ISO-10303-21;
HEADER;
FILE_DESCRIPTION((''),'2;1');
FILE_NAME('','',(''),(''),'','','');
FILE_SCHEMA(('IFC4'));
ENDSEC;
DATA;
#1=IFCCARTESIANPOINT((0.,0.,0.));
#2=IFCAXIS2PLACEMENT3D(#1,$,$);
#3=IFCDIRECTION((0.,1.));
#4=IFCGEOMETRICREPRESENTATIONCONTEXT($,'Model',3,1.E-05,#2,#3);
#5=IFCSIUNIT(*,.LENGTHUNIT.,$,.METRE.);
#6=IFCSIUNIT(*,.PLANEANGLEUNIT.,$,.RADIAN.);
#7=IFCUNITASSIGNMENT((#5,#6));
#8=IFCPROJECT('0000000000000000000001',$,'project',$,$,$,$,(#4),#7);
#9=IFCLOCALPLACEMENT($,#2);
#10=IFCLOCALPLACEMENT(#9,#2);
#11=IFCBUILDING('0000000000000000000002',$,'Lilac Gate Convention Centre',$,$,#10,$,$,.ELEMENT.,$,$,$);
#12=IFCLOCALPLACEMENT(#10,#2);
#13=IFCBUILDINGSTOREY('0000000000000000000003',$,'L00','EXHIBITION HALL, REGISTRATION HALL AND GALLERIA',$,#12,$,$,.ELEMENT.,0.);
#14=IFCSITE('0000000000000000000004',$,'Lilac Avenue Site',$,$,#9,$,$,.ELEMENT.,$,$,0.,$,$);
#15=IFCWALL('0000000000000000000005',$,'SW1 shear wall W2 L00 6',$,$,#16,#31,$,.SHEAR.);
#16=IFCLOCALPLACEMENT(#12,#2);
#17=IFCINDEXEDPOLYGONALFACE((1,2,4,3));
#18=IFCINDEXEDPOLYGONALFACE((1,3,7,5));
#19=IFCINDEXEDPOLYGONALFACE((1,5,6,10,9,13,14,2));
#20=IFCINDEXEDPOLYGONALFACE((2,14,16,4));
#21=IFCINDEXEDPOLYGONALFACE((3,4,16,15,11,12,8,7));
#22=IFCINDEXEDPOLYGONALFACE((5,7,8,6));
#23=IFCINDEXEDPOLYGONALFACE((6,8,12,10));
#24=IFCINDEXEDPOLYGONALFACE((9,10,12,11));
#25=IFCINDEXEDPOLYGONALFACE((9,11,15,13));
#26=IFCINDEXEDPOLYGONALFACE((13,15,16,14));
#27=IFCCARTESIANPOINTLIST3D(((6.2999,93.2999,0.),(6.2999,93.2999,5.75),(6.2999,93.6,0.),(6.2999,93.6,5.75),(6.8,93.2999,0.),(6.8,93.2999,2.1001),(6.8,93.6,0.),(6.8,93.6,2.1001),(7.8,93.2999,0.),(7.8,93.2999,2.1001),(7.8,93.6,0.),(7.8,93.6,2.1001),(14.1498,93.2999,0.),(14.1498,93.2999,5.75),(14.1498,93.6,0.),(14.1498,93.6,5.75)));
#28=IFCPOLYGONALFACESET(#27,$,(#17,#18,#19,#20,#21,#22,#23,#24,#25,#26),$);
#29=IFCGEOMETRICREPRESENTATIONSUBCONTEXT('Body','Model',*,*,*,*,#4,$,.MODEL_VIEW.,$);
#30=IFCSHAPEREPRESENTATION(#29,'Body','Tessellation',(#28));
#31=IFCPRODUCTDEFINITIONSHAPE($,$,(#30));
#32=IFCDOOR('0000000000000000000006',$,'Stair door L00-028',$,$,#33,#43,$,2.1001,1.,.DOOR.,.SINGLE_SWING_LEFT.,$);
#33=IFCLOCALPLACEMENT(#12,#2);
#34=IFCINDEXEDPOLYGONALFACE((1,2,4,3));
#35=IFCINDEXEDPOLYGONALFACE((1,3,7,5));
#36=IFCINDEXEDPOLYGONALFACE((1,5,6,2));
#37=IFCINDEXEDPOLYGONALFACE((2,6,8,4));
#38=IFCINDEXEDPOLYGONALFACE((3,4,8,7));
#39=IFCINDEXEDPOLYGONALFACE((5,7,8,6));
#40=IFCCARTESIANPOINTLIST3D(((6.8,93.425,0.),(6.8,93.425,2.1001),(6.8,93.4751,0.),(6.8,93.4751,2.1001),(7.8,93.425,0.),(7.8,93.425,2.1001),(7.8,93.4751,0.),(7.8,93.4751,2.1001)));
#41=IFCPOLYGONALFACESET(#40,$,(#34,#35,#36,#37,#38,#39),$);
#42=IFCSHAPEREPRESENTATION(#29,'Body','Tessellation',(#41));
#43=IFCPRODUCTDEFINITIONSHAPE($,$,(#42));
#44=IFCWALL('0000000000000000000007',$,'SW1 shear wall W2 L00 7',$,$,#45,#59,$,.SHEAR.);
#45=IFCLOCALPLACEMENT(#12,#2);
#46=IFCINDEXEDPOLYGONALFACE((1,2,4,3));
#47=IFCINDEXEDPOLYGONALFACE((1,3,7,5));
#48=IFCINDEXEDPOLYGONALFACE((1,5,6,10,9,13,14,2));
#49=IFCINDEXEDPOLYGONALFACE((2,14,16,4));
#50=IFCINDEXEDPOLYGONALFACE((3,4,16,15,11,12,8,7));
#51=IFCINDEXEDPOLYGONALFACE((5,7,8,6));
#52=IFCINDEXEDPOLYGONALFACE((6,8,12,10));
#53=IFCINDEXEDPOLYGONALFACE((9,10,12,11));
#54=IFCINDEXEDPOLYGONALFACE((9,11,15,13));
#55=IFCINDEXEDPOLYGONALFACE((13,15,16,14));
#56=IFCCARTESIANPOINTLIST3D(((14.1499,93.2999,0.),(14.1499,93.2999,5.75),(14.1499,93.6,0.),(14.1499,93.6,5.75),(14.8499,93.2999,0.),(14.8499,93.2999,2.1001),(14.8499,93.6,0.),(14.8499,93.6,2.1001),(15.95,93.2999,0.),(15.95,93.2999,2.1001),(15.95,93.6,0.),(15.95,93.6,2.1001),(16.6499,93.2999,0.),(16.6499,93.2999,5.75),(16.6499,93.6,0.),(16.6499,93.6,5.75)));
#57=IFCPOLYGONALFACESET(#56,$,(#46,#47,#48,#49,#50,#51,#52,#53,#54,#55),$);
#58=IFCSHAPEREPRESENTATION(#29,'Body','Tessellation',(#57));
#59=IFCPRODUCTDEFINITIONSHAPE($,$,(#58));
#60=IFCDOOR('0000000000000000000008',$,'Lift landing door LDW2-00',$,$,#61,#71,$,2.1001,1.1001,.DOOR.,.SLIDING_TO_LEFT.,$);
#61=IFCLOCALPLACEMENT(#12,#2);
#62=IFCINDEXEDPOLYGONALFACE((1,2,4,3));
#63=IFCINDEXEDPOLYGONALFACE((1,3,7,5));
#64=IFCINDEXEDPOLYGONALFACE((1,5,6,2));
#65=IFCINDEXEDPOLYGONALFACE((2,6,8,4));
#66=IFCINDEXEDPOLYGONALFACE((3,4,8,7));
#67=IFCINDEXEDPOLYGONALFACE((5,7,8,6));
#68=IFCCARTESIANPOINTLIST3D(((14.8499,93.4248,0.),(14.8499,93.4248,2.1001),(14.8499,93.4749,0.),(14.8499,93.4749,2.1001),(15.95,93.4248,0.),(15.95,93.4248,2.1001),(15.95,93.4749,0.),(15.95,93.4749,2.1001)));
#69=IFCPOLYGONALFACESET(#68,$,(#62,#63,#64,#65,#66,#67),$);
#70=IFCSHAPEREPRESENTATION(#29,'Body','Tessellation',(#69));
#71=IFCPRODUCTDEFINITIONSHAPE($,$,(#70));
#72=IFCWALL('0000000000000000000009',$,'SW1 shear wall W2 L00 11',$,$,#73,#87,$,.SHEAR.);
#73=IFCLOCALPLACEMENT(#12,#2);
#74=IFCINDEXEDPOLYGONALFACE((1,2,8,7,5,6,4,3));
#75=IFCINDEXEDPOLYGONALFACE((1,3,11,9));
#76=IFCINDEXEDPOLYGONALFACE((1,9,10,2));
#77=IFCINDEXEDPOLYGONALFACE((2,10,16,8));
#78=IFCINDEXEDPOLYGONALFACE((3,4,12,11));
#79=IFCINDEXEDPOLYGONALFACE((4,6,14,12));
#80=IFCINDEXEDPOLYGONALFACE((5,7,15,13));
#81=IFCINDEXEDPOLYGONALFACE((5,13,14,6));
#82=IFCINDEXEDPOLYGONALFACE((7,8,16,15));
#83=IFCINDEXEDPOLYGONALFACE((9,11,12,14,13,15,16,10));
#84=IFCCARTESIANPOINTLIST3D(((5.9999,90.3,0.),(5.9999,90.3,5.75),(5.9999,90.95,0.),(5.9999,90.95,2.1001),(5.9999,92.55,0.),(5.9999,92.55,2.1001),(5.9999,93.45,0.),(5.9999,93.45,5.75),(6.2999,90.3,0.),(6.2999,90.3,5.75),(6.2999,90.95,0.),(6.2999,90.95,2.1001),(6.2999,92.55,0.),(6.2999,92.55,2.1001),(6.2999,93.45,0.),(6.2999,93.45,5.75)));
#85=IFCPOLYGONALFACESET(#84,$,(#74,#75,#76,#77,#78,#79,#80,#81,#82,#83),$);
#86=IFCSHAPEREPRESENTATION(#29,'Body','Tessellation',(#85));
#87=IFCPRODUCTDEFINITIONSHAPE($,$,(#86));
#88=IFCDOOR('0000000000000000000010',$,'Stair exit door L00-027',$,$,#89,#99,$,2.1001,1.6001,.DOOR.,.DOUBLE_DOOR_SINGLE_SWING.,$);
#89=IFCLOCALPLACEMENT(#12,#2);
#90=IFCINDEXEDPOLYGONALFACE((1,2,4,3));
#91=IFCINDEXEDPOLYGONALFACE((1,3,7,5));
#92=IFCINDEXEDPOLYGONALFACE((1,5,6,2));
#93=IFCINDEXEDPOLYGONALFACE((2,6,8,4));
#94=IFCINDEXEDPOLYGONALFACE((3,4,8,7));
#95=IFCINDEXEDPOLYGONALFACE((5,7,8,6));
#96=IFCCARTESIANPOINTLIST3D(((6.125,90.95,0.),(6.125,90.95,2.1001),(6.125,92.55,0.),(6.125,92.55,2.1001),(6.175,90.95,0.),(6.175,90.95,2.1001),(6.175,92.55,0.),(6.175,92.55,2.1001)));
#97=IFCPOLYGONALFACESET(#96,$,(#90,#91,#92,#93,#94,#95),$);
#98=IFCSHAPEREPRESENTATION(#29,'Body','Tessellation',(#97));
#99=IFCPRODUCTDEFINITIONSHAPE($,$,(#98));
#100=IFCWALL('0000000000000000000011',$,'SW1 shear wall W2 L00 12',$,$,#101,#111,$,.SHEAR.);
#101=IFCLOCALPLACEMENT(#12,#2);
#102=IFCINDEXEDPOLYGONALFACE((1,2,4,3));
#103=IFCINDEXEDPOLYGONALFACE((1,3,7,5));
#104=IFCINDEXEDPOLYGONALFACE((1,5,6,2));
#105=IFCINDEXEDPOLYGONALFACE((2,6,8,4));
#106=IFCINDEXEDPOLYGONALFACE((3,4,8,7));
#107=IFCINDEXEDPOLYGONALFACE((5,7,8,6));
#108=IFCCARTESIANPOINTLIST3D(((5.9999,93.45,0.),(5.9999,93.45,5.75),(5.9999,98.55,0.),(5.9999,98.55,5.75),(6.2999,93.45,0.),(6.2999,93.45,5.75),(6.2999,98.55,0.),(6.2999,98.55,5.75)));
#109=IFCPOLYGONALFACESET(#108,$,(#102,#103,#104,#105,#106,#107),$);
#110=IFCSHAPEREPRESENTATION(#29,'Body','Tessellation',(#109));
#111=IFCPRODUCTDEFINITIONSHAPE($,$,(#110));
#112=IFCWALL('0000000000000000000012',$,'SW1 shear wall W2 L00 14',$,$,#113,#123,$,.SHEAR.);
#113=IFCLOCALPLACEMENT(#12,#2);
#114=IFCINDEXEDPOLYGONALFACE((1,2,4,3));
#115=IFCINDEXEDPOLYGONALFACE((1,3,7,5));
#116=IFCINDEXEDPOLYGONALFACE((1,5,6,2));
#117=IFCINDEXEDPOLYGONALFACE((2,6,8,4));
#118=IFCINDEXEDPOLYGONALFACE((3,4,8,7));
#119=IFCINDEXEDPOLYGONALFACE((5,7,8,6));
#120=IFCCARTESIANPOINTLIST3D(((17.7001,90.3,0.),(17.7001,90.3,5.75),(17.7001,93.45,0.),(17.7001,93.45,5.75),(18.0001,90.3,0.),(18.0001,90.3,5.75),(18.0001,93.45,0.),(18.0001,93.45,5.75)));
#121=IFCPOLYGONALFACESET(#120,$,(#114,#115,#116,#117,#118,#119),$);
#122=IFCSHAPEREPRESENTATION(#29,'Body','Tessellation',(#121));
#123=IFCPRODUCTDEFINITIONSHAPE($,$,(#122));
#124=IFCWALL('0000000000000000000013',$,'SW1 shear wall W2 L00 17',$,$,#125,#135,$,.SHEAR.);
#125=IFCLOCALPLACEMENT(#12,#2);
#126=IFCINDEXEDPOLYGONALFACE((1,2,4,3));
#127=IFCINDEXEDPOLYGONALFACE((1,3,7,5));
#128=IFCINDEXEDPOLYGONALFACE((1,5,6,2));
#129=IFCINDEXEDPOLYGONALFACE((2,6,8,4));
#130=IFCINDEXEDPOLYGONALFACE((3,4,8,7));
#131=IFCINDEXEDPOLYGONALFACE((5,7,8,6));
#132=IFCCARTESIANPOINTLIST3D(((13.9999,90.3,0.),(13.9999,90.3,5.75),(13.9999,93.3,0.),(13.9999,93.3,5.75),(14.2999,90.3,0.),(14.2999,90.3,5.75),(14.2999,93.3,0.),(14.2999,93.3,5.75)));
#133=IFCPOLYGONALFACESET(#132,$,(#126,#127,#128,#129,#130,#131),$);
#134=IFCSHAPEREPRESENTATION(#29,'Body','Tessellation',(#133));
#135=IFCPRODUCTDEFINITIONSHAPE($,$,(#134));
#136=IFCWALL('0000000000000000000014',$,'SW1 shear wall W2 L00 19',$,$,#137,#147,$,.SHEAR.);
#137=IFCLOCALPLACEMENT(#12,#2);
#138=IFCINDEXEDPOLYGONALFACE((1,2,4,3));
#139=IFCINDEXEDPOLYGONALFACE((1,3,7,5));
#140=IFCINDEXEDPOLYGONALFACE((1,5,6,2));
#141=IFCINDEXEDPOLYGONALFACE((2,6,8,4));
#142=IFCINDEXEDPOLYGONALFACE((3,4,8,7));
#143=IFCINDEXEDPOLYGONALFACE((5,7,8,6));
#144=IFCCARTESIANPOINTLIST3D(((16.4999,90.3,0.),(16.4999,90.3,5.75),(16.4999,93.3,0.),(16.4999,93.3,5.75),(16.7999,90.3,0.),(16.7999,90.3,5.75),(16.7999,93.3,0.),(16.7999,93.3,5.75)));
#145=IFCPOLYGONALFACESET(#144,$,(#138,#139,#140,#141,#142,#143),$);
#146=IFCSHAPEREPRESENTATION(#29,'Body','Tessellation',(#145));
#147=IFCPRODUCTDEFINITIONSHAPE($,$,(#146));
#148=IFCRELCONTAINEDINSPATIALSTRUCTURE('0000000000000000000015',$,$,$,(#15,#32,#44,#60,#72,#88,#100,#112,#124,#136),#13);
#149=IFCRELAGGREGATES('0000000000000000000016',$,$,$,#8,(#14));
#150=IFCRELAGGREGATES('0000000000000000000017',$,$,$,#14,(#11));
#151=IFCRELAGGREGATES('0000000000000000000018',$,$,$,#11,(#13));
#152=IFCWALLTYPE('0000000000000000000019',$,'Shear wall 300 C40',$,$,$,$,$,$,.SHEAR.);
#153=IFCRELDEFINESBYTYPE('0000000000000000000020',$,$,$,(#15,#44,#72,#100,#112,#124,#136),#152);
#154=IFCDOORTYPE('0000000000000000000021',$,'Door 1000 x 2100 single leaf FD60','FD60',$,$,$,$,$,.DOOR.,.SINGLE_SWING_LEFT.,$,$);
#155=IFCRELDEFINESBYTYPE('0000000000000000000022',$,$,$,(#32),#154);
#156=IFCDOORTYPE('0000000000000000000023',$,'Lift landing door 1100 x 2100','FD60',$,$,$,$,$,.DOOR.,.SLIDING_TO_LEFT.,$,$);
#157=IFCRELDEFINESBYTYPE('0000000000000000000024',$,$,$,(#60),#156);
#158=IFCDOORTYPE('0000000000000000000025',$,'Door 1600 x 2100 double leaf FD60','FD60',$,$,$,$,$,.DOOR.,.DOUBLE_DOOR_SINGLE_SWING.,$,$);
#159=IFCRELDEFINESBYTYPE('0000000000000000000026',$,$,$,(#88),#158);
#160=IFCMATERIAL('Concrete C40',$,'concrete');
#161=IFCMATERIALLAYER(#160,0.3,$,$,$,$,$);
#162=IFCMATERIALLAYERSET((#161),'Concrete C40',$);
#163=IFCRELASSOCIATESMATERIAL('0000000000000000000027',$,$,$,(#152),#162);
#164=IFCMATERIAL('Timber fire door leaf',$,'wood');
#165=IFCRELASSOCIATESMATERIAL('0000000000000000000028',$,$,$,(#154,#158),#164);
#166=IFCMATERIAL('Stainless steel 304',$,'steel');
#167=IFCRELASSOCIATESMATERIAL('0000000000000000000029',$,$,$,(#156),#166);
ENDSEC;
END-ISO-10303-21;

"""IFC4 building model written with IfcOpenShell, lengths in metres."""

from ifc_helpers import new_model, si_unit, direction, frame, frame_2d, origin, place, context, subcontext, project, spatial, rectangle, extrude, material, layer, layer_set, type_object, element, fill, save


model = new_model("IFC4")

# Units and contexts
model_context = context("Model", 3, precision=1e-05, world=origin(), true_north=direction((0.0, 1.0)))
body_context = subcontext(model_context, "Body", "Model", "MODEL_VIEW")
ifc_project = project(units=[si_unit("LENGTHUNIT", "METRE"), si_unit("PLANEANGLEUNIT", "RADIAN")], contexts=[model_context])

# Site, building, storey
site_placement = place(None, origin())
site = spatial("IfcSite", under=ifc_project, at=site_placement, Name="Lilac Avenue Site", CompositionType="ELEMENT", RefElevation=0.0)
building_placement = place(site_placement, origin())
building = spatial("IfcBuilding", under=site, at=building_placement, Name="Lilac Gate Convention Centre", CompositionType="ELEMENT")
storey_placement = place(building_placement, origin())
storey = spatial("IfcBuildingStorey", under=building, at=storey_placement, Name="L00", Description="EXHIBITION HALL, REGISTRATION HALL AND GALLERIA", CompositionType="ELEMENT", Elevation=0.0)

# Shared definitions
ifc_material_1 = material(Name="Concrete C40", Category="concrete")

# Shared definitions
ifc_layer_1 = layer(ifc_material_1, 0.3)
ifc_layer_set_1 = layer_set([ifc_layer_1], Name="Concrete C40")
wall_type_1 = type_object("IfcWallType", Name="Shear wall 300 C40", PredefinedType="SHEAR", material=ifc_layer_set_1)

# Walls, openings, doors
wall_1_placement = place(storey_placement, frame((6.3, 93.45, 0.0), z_axis=(0.0, 0.0, 1.0), x_axis=(1.0, 0.0, 0.0)))
wall_1 = element("IfcWall", 1, at=wall_1_placement, inside=storey, type_object=wall_type_1, Name="SW1 shear wall W2 L00 6", PredefinedType="SHEAR", context=body_context, shape_type="SweptSolid", body=[
    extrude(rectangle(XDim=7.8499, YDim=0.3, at=frame_2d((3.9248, 0.0))), origin(), (0.0, 0.0, 1.0), 5.75),
])
opening_1_placement = place(wall_1_placement, frame((0.5, 0.0, 0.0)))
opening_1 = element("IfcOpeningElement", 2, at=opening_1_placement, cuts=wall_1, PredefinedType="OPENING", context=body_context, shape_type="SweptSolid", body=[
    extrude(rectangle(XDim=1.0, YDim=2.1001, at=frame_2d((0.5, 1.05))), frame((0.0, 0.1599, 0.0), z_axis=(0.0, -1.0, 0.0), x_axis=(1.0, 0.0, 0.0)), (0.0, 0.0, 1.0), 0.3201),
])
ifc_material_2 = material(Name="Timber fire door leaf", Category="wood")
door_type_1 = type_object("IfcDoorType", Name="Door 1000 x 2100 single leaf FD60", Description="FD60", OperationType="SINGLE_SWING_LEFT", PredefinedType="DOOR", material=ifc_material_2)
door_1_placement = place(opening_1_placement, frame((1.0, 0.0, 0.0), z_axis=(0.0, 0.0, 1.0), x_axis=(-1.0, 0.0, 0.0)))
door_1 = element("IfcDoor", 3, at=door_1_placement, inside=storey, type_object=door_type_1, Name="Stair door L00-028", OperationType="SINGLE_SWING_LEFT", OverallHeight=2.1001, OverallWidth=1.0, PredefinedType="DOOR", context=body_context, shape_type="SweptSolid", body=[
    extrude(rectangle(XDim=1.0, YDim=2.1001, at=frame_2d((0.5, 1.05))), frame((0.0, 0.0249, 0.0), z_axis=(0.0, -1.0, 0.0), x_axis=(1.0, 0.0, 0.0)), (0.0, 0.0, 1.0), 0.05),
])
fill(opening_1, door_1)
wall_2_placement = place(storey_placement, frame((14.1499, 93.45, 0.0), z_axis=(0.0, 0.0, 1.0), x_axis=(1.0, 0.0, 0.0)))
wall_2 = element("IfcWall", 4, at=wall_2_placement, inside=storey, type_object=wall_type_1, Name="SW1 shear wall W2 L00 7", PredefinedType="SHEAR", context=body_context, shape_type="SweptSolid", body=[
    extrude(rectangle(XDim=2.5, YDim=0.3, at=frame_2d((1.25, 0.0))), origin(), (0.0, 0.0, 1.0), 5.75),
])
opening_2_placement = place(wall_2_placement, frame((0.7, 0.0, 0.0)))
opening_2 = element("IfcOpeningElement", 5, at=opening_2_placement, cuts=wall_2, PredefinedType="OPENING", context=body_context, shape_type="SweptSolid", body=[
    extrude(rectangle(XDim=1.1001, YDim=2.1001, at=frame_2d((0.55, 1.05))), frame((0.0, 0.1599, 0.0), z_axis=(0.0, -1.0, 0.0), x_axis=(1.0, 0.0, 0.0)), (0.0, 0.0, 1.0), 0.3201),
])
ifc_material_3 = material(Name="Stainless steel 304", Category="steel")
door_type_2 = type_object("IfcDoorType", Name="Lift landing door 1100 x 2100", Description="FD60", OperationType="SLIDING_TO_LEFT", PredefinedType="DOOR", material=ifc_material_3)
door_2_placement = place(opening_2_placement, origin())
door_2 = element("IfcDoor", 6, at=door_2_placement, inside=storey, type_object=door_type_2, Name="Lift landing door LDW2-00", OperationType="SLIDING_TO_LEFT", OverallHeight=2.1001, OverallWidth=1.1001, PredefinedType="DOOR", context=body_context, shape_type="SweptSolid", body=[
    extrude(rectangle(XDim=1.1001, YDim=2.1001, at=frame_2d((0.55, 1.05))), frame((0.0, 0.0249, 0.0), z_axis=(0.0, -1.0, 0.0), x_axis=(1.0, 0.0, 0.0)), (0.0, 0.0, 1.0), 0.05),
])
fill(opening_2, door_2)
wall_3_placement = place(storey_placement, frame((6.1499, 90.3, 0.0), z_axis=(0.0, 0.0, 1.0), x_axis=(0.0, 1.0, 0.0)))
wall_3 = element("IfcWall", 7, at=wall_3_placement, inside=storey, type_object=wall_type_1, Name="SW1 shear wall W2 L00 11", PredefinedType="SHEAR", context=body_context, shape_type="SweptSolid", body=[
    extrude(rectangle(XDim=3.1499, YDim=0.3, at=frame_2d((1.575, 0.0))), origin(), (0.0, 0.0, 1.0), 5.75),
])
opening_3_placement = place(wall_3_placement, frame((0.6499, 0.0, 0.0)))
opening_3 = element("IfcOpeningElement", 8, at=opening_3_placement, cuts=wall_3, PredefinedType="OPENING", context=body_context, shape_type="SweptSolid", body=[
    extrude(rectangle(XDim=1.6001, YDim=2.1001, at=frame_2d((0.8, 1.05))), frame((0.0, 0.1599, 0.0), z_axis=(0.0, -1.0, 0.0), x_axis=(1.0, 0.0, 0.0)), (0.0, 0.0, 1.0), 0.3201),
])
door_type_3 = type_object("IfcDoorType", Name="Door 1600 x 2100 double leaf FD60", Description="FD60", OperationType="DOUBLE_DOOR_SINGLE_SWING", PredefinedType="DOOR", material=ifc_material_2)
door_3_placement = place(opening_3_placement, origin())
door_3 = element("IfcDoor", 9, at=door_3_placement, inside=storey, type_object=door_type_3, Name="Stair exit door L00-027", OperationType="DOUBLE_DOOR_SINGLE_SWING", OverallHeight=2.1001, OverallWidth=1.6001, PredefinedType="DOOR", context=body_context, shape_type="SweptSolid", body=[
    extrude(rectangle(XDim=1.6001, YDim=2.1001, at=frame_2d((0.8, 1.05))), frame((0.0, 0.0249, 0.0), z_axis=(0.0, -1.0, 0.0), x_axis=(1.0, 0.0, 0.0)), (0.0, 0.0, 1.0), 0.05),
])
fill(opening_3, door_3)

# Walls
wall_4_placement = place(storey_placement, frame((6.1499, 93.45, 0.0), z_axis=(0.0, 0.0, 1.0), x_axis=(0.0, 1.0, 0.0)))
element("IfcWall", 10, at=wall_4_placement, inside=storey, type_object=wall_type_1, Name="SW1 shear wall W2 L00 12", PredefinedType="SHEAR", context=body_context, shape_type="SweptSolid", body=[
    extrude(rectangle(XDim=5.1001, YDim=0.3, at=frame_2d((2.55, 0.0))), origin(), (0.0, 0.0, 1.0), 5.75),
])
wall_5_placement = place(storey_placement, frame((17.8501, 90.3, 0.0), z_axis=(0.0, 0.0, 1.0), x_axis=(0.0, 1.0, 0.0)))
element("IfcWall", 11, at=wall_5_placement, inside=storey, type_object=wall_type_1, Name="SW1 shear wall W2 L00 14", PredefinedType="SHEAR", context=body_context, shape_type="SweptSolid", body=[
    extrude(rectangle(XDim=3.1499, YDim=0.3, at=frame_2d((1.575, 0.0))), origin(), (0.0, 0.0, 1.0), 5.75),
])
for number, where, z_axis, x_axis, name in (
    (12, (14.1499, 90.3, 0.0), (0.0, 0.0, 1.0), (0.0, 1.0, 0.0), "SW1 shear wall W2 L00 17"),
    (13, (16.6499, 90.3, 0.0), (0.0, 0.0, 1.0), (0.0, 1.0, 0.0), "SW1 shear wall W2 L00 19"),
):
    element("IfcWall", number, at=place(storey_placement, frame(where, z_axis=z_axis, x_axis=x_axis)), inside=storey, type_object=wall_type_1, Name=name, PredefinedType="SHEAR", context=body_context, shape_type="SweptSolid", body=[
        extrude(rectangle(XDim=3.0, YDim=0.3, at=frame_2d((1.5, 0.0))), origin(), (0.0, 0.0, 1.0), 5.75),
    ])

save(model, "model.ifc")
